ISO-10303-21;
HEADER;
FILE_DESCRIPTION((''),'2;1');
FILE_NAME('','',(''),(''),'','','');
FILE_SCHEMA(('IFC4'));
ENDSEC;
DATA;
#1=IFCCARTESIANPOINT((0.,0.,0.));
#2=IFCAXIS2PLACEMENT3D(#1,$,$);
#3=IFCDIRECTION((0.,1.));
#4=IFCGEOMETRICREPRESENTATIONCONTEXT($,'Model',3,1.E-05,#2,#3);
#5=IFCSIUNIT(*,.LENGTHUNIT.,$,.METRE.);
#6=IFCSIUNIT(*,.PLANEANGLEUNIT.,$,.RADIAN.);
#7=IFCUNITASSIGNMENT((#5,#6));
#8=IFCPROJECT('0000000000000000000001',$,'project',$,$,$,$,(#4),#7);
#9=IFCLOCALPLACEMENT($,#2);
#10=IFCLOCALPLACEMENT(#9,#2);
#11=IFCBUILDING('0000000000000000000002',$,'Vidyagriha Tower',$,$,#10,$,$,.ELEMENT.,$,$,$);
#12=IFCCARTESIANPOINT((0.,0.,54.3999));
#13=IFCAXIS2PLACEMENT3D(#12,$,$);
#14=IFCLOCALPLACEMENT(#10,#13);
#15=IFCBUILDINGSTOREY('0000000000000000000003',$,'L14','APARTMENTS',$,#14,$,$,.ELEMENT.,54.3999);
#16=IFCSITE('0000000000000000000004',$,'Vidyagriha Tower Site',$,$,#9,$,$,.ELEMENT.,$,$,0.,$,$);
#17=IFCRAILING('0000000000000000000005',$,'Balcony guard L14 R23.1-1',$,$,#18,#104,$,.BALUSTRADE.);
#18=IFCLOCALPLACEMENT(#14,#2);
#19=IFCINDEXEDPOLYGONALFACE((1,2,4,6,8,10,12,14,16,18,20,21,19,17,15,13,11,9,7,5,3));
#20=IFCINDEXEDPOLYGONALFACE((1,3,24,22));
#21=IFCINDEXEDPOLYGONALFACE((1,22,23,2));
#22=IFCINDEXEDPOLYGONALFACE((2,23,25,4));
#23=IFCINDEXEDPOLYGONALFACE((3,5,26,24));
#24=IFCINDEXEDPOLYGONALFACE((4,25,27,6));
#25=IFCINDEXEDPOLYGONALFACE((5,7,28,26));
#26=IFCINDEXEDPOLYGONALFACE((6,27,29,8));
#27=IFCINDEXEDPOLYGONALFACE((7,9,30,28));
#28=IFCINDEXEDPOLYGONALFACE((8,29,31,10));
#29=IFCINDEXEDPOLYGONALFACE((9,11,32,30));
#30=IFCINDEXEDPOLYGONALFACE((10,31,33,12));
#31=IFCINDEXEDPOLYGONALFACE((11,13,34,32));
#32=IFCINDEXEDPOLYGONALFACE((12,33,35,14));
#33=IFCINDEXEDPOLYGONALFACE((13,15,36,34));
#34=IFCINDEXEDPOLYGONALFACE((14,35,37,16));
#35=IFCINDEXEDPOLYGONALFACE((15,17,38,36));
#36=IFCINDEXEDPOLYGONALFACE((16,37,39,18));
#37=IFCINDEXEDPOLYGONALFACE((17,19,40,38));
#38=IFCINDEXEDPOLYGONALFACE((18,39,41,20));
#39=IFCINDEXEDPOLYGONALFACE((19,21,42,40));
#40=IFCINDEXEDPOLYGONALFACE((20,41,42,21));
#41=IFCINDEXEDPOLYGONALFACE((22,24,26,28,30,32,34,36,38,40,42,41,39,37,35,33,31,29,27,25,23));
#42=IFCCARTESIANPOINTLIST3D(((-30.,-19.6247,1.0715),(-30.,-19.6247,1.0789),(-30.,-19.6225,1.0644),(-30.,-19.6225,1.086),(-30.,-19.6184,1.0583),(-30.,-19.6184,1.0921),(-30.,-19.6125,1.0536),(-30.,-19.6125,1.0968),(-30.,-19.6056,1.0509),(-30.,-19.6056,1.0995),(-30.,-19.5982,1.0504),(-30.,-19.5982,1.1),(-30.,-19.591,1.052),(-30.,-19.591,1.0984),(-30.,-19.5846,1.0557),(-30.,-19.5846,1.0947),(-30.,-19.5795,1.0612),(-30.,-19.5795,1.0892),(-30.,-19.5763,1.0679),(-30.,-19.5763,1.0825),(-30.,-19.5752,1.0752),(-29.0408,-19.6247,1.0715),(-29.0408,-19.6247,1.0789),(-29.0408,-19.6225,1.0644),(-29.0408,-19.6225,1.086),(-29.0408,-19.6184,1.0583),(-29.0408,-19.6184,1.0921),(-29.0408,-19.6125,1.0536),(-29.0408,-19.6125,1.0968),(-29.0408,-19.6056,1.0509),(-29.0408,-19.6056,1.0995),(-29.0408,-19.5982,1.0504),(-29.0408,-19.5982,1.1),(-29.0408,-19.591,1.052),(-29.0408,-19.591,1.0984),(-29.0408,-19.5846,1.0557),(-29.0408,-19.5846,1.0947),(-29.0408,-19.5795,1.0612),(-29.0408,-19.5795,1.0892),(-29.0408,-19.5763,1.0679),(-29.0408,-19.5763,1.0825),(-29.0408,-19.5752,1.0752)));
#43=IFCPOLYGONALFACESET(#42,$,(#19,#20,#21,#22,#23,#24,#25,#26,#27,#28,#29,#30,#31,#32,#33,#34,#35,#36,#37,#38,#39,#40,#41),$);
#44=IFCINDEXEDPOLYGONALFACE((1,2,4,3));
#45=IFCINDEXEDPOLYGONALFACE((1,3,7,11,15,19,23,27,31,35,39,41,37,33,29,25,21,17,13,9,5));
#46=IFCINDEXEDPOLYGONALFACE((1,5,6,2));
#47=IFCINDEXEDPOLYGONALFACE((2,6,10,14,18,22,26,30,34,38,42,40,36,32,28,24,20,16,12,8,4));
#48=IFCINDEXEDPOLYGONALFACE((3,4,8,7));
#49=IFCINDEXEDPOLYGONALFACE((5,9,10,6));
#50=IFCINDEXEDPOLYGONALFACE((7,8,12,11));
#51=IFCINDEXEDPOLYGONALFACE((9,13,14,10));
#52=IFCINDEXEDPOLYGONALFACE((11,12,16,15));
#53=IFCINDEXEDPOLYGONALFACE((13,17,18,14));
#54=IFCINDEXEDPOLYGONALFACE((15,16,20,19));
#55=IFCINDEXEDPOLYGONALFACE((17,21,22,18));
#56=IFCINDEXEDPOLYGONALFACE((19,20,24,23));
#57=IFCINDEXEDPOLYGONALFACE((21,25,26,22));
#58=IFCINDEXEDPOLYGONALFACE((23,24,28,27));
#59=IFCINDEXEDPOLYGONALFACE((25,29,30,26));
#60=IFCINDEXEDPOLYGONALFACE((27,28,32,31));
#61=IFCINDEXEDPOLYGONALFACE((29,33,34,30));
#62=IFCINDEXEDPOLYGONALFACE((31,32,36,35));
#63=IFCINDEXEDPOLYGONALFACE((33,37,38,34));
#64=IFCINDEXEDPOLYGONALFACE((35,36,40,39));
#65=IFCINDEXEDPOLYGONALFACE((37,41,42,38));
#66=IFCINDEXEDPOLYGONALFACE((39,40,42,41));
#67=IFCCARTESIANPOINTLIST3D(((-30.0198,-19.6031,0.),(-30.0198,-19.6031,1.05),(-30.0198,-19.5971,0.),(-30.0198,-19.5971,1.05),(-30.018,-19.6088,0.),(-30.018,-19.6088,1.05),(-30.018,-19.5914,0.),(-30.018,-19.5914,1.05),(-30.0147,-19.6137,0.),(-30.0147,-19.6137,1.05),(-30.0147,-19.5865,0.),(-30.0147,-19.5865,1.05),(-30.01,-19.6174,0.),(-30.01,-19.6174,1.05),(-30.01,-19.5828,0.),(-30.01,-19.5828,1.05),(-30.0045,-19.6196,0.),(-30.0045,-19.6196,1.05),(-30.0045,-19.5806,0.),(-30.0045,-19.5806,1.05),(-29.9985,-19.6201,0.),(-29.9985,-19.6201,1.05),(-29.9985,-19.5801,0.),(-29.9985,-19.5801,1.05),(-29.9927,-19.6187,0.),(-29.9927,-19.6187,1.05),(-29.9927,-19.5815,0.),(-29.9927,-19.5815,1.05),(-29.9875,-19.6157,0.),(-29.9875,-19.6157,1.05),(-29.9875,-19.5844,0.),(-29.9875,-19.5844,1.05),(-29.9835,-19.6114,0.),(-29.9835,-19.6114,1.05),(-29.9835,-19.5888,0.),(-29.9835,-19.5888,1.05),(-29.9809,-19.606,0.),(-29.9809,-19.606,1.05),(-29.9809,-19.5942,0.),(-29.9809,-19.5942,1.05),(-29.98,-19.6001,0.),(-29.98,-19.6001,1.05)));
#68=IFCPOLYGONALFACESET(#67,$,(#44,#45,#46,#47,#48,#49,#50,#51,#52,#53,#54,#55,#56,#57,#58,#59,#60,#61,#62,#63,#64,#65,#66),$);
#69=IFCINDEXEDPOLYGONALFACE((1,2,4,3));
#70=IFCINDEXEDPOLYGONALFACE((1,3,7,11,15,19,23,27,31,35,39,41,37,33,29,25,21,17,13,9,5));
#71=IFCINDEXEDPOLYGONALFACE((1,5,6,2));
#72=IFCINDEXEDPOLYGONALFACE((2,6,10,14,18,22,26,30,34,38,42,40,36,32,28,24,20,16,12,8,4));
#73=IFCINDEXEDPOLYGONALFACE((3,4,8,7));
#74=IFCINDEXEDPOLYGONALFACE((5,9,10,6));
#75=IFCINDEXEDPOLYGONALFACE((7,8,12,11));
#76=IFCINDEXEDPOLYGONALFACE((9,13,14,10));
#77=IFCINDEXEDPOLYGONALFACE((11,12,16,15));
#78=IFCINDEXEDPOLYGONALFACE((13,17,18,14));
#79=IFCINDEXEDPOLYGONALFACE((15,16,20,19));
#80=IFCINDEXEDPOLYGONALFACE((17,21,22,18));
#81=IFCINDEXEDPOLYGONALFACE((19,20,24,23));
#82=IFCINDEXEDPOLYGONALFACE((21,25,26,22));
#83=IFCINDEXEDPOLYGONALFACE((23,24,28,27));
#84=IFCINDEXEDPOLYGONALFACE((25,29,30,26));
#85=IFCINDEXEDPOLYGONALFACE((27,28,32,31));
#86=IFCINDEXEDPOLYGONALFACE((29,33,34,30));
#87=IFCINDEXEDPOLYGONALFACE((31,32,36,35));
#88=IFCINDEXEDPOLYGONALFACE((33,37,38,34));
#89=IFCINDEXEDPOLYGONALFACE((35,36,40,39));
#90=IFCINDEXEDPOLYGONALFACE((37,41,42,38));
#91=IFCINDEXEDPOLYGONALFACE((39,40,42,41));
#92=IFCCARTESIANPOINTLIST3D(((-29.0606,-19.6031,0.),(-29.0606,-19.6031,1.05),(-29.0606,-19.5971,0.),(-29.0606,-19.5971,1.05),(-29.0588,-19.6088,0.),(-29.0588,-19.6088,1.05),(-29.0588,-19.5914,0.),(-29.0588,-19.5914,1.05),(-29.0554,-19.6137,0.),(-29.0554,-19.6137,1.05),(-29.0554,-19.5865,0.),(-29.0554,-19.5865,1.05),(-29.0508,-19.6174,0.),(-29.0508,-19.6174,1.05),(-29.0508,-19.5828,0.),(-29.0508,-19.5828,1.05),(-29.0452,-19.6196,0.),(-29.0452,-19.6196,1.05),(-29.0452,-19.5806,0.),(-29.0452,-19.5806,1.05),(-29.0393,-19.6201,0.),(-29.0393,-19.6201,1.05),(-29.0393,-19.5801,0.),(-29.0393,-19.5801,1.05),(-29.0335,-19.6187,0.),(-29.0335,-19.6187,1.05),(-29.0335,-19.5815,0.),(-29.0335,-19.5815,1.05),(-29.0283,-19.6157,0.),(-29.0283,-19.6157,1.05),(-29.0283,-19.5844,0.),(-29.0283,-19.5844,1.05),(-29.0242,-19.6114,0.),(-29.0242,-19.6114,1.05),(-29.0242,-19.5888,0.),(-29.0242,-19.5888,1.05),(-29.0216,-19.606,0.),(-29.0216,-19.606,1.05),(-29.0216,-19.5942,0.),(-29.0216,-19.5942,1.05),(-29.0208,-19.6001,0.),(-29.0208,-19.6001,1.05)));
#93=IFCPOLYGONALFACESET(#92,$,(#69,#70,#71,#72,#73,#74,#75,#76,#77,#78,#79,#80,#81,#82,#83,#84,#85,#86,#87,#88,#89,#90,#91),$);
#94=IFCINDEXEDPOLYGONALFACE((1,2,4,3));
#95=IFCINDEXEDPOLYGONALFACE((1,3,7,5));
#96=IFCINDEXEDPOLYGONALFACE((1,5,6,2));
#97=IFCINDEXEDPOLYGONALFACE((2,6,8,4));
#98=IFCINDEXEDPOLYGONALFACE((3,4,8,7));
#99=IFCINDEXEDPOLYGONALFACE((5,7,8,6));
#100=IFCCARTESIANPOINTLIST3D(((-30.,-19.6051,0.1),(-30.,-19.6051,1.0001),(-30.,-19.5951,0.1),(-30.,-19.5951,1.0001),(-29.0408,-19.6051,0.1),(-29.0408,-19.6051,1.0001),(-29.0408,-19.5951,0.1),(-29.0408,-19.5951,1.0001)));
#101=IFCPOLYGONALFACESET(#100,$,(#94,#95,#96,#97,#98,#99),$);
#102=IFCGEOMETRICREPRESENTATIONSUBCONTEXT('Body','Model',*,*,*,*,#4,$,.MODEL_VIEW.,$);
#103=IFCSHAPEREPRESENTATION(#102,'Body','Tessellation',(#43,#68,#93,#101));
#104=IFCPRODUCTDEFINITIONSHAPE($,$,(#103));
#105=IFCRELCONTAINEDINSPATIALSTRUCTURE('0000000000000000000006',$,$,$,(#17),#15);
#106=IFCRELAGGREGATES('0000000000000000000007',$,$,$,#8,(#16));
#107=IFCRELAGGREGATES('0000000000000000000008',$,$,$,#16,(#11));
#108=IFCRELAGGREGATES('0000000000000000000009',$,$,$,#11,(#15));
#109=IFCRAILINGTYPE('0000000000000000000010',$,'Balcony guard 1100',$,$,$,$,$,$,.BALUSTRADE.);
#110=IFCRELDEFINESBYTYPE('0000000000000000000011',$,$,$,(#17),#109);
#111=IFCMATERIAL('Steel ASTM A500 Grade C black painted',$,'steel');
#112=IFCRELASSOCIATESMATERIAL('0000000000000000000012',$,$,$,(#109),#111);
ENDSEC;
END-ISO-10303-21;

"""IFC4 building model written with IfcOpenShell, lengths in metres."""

from ifc_helpers import new_model, si_unit, direction, frame, origin, origin_2d, place, context, subcontext, project, spatial, rectangle, circle, extrude, material, type_object, element, save


model = new_model("IFC4")

# Units and contexts
model_context = context("Model", 3, precision=1e-05, world=origin(), true_north=direction((0.0, 1.0)))
body_context = subcontext(model_context, "Body", "Model", "MODEL_VIEW")
ifc_project = project(units=[si_unit("LENGTHUNIT", "METRE"), si_unit("PLANEANGLEUNIT", "RADIAN")], contexts=[model_context])

# Site, building, storey
site_placement = place(None, origin())
site = spatial("IfcSite", under=ifc_project, at=site_placement, Name="Vidyagriha Tower Site", CompositionType="ELEMENT", RefElevation=0.0)
building_placement = place(site_placement, origin())
building = spatial("IfcBuilding", under=site, at=building_placement, Name="Vidyagriha Tower", CompositionType="ELEMENT")
storey_placement = place(building_placement, frame((0.0, 0.0, 54.3999)))
storey = spatial("IfcBuildingStorey", under=building, at=storey_placement, Name="L14", Description="APARTMENTS", CompositionType="ELEMENT", Elevation=54.3999)

# Railing
ifc_material_1 = material(Name="Steel ASTM A500 Grade C black painted", Category="steel")
railing_type_1 = type_object("IfcRailingType", Name="Balcony guard 1100", PredefinedType="BALUSTRADE", material=ifc_material_1)
railing_1_placement = place(storey_placement, frame((-30.0, -19.6001, 0.0)))
element("IfcRailing", 1, at=railing_1_placement, inside=storey, type_object=railing_type_1, Name="Balcony guard L14 R23.1-1", PredefinedType="BALUSTRADE", context=body_context, shape_type="SweptSolid", body=[
    extrude(circle(Radius=0.0249, at=origin_2d()), frame((0.0, 0.0, 1.0752), z_axis=(1.0, 0.0, 0.0), x_axis=(0.0, 1.0, 0.0)), (0.0, 0.0, 1.0), 0.9592),
    extrude(circle(Radius=0.02, at=origin_2d()), origin(), (0.0, 0.0, 1.0), 1.05),
    extrude(circle(Radius=0.02, at=origin_2d()), frame((0.9592, 0.0, 0.0)), (0.0, 0.0, 1.0), 1.05),
    extrude(rectangle(XDim=0.01, YDim=0.9001, at=origin_2d()), frame((0.0, 0.0, 0.55), z_axis=(1.0, 0.0, 0.0), x_axis=(0.0, 1.0, 0.0)), (0.0, 0.0, 1.0), 0.9592),
])

save(model, "model.ifc")
